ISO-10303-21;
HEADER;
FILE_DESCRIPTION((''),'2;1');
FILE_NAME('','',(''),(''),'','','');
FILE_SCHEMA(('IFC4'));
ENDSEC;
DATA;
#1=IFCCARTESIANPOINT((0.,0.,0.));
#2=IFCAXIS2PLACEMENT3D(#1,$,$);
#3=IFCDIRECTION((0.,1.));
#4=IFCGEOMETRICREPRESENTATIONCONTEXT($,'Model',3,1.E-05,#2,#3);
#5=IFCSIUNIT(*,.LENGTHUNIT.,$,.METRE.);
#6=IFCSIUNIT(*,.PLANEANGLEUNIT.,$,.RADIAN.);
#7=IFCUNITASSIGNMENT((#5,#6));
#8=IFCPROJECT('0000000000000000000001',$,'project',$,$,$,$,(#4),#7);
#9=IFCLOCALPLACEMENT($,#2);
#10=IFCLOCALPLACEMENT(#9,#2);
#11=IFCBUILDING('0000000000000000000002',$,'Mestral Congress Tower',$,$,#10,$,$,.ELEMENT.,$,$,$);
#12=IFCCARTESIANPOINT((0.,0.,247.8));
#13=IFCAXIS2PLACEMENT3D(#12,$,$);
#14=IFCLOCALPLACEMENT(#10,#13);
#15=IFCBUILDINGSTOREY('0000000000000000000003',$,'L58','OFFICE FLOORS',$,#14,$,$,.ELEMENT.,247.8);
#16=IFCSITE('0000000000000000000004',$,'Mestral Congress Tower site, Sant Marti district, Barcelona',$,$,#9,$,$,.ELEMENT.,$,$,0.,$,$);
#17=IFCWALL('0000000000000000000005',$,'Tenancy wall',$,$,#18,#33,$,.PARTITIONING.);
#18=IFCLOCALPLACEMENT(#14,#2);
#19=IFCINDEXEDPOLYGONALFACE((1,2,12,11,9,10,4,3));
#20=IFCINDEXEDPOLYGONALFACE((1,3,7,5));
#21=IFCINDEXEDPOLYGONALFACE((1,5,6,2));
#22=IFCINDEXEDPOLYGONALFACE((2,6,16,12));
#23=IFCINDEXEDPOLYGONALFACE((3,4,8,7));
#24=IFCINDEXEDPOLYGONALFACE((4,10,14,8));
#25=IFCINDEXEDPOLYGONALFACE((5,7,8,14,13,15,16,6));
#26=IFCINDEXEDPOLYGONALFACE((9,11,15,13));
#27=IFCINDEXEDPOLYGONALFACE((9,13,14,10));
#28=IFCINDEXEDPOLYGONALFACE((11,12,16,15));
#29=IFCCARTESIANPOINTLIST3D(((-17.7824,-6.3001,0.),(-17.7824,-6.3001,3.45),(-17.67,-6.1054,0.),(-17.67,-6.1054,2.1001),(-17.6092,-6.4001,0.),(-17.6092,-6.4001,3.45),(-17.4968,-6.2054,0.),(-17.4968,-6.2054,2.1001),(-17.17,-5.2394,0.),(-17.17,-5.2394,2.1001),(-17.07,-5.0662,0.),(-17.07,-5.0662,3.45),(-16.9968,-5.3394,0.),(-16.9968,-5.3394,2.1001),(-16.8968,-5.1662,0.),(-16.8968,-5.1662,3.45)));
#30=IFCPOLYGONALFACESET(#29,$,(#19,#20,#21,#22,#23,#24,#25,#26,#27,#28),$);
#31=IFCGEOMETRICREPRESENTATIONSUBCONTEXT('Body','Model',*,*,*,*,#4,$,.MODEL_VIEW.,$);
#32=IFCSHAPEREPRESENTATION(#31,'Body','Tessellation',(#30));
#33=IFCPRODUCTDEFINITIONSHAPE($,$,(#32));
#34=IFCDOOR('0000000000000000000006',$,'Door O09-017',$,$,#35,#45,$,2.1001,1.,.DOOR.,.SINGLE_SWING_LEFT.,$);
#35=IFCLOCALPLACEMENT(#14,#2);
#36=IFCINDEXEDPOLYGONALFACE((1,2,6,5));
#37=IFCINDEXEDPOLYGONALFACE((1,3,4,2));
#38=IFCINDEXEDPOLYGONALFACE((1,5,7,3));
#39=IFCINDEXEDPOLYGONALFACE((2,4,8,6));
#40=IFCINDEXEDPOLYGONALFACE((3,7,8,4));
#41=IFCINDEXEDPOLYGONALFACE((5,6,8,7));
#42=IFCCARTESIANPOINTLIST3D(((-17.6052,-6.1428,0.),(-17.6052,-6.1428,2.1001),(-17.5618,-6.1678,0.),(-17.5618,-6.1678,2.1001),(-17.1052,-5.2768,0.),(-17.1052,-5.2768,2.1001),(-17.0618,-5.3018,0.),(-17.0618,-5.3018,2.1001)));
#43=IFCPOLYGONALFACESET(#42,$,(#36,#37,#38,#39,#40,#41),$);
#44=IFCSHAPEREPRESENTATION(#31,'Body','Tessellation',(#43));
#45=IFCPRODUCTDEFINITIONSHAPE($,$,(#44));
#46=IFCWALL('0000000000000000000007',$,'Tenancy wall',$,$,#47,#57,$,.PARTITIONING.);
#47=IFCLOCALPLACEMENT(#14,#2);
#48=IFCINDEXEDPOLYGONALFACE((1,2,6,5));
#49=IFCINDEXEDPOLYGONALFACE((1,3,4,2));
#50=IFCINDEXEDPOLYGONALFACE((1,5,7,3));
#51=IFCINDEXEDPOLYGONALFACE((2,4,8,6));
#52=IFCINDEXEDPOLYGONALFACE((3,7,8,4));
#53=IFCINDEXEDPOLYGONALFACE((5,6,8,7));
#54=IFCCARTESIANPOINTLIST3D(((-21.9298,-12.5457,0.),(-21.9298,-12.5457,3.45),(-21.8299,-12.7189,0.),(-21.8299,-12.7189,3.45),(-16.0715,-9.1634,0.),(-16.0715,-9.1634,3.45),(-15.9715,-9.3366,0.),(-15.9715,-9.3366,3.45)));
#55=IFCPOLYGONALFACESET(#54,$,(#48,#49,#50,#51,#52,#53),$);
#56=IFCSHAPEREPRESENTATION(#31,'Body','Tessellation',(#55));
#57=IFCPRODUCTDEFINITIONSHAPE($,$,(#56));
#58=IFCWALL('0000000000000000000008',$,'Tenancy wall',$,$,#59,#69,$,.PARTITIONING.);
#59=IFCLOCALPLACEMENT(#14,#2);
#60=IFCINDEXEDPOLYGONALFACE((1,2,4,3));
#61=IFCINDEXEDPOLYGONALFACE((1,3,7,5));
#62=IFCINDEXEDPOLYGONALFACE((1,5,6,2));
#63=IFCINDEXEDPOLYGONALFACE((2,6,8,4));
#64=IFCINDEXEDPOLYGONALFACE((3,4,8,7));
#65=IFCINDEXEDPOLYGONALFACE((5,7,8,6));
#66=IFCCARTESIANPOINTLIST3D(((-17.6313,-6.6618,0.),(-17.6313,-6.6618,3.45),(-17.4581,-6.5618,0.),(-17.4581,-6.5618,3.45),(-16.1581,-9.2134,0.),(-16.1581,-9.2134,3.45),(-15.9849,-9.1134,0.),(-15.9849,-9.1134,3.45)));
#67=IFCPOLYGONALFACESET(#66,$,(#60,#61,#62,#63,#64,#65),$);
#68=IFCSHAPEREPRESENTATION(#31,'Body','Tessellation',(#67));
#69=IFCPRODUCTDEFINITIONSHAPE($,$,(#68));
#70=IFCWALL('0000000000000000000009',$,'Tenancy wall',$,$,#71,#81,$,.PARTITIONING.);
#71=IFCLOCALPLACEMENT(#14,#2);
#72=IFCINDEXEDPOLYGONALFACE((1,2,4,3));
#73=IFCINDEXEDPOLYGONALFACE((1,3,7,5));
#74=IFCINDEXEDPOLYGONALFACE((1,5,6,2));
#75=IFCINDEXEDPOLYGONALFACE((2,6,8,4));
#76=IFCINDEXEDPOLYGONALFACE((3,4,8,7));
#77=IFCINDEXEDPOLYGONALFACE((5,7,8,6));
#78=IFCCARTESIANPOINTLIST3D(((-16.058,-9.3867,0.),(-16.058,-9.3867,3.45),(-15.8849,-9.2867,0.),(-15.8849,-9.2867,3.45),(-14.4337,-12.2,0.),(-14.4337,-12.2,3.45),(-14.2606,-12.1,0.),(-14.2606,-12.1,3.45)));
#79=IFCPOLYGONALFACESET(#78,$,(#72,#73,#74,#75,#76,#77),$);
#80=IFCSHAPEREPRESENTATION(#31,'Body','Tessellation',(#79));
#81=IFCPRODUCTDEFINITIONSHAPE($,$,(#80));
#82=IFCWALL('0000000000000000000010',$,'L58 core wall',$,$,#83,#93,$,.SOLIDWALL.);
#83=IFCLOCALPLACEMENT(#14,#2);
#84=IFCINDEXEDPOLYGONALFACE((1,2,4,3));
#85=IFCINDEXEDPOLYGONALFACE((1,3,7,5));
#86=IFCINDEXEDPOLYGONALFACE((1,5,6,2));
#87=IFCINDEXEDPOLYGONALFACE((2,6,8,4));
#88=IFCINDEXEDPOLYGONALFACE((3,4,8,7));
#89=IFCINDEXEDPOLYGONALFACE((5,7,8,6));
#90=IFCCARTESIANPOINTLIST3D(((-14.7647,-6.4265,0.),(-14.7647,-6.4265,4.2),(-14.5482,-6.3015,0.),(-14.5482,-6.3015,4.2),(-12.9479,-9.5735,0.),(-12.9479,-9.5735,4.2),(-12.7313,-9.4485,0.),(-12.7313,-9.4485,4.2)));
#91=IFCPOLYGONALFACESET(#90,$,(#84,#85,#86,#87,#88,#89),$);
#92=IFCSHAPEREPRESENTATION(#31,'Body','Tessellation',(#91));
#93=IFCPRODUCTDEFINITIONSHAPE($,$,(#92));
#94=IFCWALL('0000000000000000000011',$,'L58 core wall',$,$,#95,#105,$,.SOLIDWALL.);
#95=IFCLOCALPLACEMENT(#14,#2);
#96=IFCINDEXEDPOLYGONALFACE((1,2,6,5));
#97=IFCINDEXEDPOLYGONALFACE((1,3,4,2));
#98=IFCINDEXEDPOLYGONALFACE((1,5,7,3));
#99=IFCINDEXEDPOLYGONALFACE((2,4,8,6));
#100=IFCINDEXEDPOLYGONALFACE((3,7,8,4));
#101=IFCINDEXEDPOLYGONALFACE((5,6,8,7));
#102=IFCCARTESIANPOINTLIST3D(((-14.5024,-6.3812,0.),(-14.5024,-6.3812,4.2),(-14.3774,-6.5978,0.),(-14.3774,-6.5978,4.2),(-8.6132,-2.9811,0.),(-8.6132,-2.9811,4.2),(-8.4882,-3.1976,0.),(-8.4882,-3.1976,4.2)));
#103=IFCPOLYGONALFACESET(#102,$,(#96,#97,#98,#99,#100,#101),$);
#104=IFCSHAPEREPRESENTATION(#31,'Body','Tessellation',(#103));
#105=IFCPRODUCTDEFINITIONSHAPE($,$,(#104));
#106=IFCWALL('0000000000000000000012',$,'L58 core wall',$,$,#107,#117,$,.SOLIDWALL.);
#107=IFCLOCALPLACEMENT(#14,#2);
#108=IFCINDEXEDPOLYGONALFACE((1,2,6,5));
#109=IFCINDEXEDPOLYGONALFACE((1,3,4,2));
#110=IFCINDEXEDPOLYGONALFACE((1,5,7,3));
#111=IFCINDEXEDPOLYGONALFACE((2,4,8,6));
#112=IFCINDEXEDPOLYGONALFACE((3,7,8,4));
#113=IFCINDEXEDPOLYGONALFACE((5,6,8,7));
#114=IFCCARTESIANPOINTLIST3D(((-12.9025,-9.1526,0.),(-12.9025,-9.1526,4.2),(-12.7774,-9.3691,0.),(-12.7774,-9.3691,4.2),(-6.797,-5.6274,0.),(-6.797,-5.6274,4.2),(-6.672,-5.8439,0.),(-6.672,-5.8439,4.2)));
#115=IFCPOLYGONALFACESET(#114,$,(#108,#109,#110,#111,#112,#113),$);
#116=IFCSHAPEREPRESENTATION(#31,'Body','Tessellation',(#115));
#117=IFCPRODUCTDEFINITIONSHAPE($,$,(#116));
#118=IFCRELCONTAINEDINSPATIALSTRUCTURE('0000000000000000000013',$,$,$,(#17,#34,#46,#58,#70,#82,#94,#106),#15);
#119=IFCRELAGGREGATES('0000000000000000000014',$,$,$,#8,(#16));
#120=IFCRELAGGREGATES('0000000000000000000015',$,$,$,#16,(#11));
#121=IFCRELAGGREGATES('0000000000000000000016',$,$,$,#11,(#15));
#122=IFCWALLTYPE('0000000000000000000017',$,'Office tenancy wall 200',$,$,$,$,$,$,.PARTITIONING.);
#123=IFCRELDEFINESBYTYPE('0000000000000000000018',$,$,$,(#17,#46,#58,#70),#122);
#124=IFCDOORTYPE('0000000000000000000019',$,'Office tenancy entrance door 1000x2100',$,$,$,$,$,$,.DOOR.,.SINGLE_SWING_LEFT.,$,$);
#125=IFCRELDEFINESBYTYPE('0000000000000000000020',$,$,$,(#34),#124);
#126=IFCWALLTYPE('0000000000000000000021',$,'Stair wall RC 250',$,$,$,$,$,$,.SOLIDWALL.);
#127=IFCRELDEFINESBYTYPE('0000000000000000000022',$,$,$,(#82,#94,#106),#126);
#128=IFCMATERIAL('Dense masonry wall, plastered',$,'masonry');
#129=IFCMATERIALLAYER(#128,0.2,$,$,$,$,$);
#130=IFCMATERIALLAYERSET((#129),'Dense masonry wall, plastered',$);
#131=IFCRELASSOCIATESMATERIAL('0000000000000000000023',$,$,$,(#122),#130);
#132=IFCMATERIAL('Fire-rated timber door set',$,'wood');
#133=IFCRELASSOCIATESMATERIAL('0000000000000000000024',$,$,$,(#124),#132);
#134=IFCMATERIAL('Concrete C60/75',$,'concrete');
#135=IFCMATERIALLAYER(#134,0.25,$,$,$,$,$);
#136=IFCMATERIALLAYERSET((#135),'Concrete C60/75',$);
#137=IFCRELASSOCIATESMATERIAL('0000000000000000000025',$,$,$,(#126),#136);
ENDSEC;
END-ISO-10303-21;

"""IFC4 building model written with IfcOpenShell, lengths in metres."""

from ifc_helpers import new_model, si_unit, direction, frame, frame_2d, origin, place, context, subcontext, project, spatial, rectangle, extrude, material, layer, layer_set, type_object, element, fill, save


model = new_model("IFC4")

# Units and contexts
model_context = context("Model", 3, precision=1e-05, world=origin(), true_north=direction((0.0, 1.0)))
body_context = subcontext(model_context, "Body", "Model", "MODEL_VIEW")
ifc_project = project(units=[si_unit("LENGTHUNIT", "METRE"), si_unit("PLANEANGLEUNIT", "RADIAN")], contexts=[model_context])

# Site, building, storey
site_placement = place(None, origin())
site = spatial("IfcSite", under=ifc_project, at=site_placement, Name="Mestral Congress Tower site, Sant Marti district, Barcelona", CompositionType="ELEMENT", RefElevation=0.0)
building_placement = place(site_placement, origin())
building = spatial("IfcBuilding", under=site, at=building_placement, Name="Mestral Congress Tower", CompositionType="ELEMENT")
storey_placement = place(building_placement, frame((0.0, 0.0, 247.8)))
storey = spatial("IfcBuildingStorey", under=building, at=storey_placement, Name="L58", Description="OFFICE FLOORS", CompositionType="ELEMENT", Elevation=247.8)

# Shared definitions
ifc_material_1 = material(Name="Concrete C60/75", Category="concrete")

# Shared definitions
ifc_material_2 = material(Name="Dense masonry wall, plastered", Category="masonry")
ifc_layer_1 = layer(ifc_material_2, 0.2)
ifc_layer_set_1 = layer_set([ifc_layer_1], Name="Dense masonry wall, plastered")
wall_type_1 = type_object("IfcWallType", Name="Office tenancy wall 200", PredefinedType="PARTITIONING", material=ifc_layer_set_1)

# Wall, opening, door
wall_1_placement = place(storey_placement, frame((-16.9834, -5.1162, 0.0), z_axis=(0.0, 0.0, 1.0), x_axis=(-0.500009, -0.86602, 0.0)))
wall_1 = element("IfcWall", 1, at=wall_1_placement, inside=storey, type_object=wall_type_1, Name="Tenancy wall", PredefinedType="PARTITIONING", context=body_context, shape_type="SweptSolid", body=[
    extrude(rectangle(XDim=1.4248, YDim=0.2, at=frame_2d((0.7124, 0.0))), origin(), (0.0, 0.0, 1.0), 3.45),
])
opening_1_placement = place(wall_1_placement, frame((0.2, 0.0, 0.0)))
opening_1 = element("IfcOpeningElement", 2, at=opening_1_placement, cuts=wall_1, PredefinedType="OPENING", context=body_context, shape_type="SweptSolid", body=[
    extrude(rectangle(XDim=1.0, YDim=2.1001, at=frame_2d((0.5, 1.05))), frame((0.0, 0.1099, 0.0), z_axis=(0.0, -1.0, 0.0), x_axis=(1.0, 0.0, 0.0)), (0.0, 0.0, 1.0), 0.22),
])
ifc_material_3 = material(Name="Fire-rated timber door set", Category="wood")
door_type_1 = type_object("IfcDoorType", Name="Office tenancy entrance door 1000x2100", OperationType="SINGLE_SWING_LEFT", PredefinedType="DOOR", material=ifc_material_3)
door_1_placement = place(opening_1_placement, origin())
door_1 = element("IfcDoor", 3, at=door_1_placement, inside=storey, type_object=door_type_1, Name="Door O09-017", OperationType="SINGLE_SWING_LEFT", OverallHeight=2.1001, OverallWidth=1.0, PredefinedType="DOOR", context=body_context, shape_type="SweptSolid", body=[
    extrude(rectangle(XDim=1.0, YDim=2.1001, at=frame_2d((0.5, 1.05))), frame((0.0, 0.0249, 0.0), z_axis=(0.0, -1.0, 0.0), x_axis=(1.0, 0.0, 0.0)), (0.0, 0.0, 1.0), 0.05),
])
fill(opening_1, door_1)

# Walls
wall_2_placement = place(storey_placement, frame((-16.0215, -9.25, 0.0), z_axis=(0.0, 0.0, 1.0), x_axis=(-0.866027, -0.499997, 0.0)))
element("IfcWall", 4, at=wall_2_placement, inside=storey, type_object=wall_type_1, Name="Tenancy wall", PredefinedType="PARTITIONING", context=body_context, shape_type="SweptSolid", body=[
    extrude(rectangle(XDim=6.7646, YDim=0.2, at=frame_2d((3.3823, 0.0))), origin(), (0.0, 0.0, 1.0), 3.45),
])
wall_3_placement = place(storey_placement, frame((-17.5447, -6.6118, 0.0), z_axis=(0.0, 0.0, 1.0), x_axis=(0.500007, -0.866021, 0.0)))
element("IfcWall", 5, at=wall_3_placement, inside=storey, type_object=wall_type_1, Name="Tenancy wall", PredefinedType="PARTITIONING", context=body_context, shape_type="SweptSolid", body=[
    extrude(rectangle(XDim=2.9463, YDim=0.2, at=frame_2d((1.4731, 0.0))), origin(), (0.0, 0.0, 1.0), 3.45),
])
wall_4_placement = place(storey_placement, frame((-15.9714, -9.3367, 0.0), z_axis=(0.0, 0.0, 1.0), x_axis=(0.500011, -0.866019, 0.0)))
element("IfcWall", 6, at=wall_4_placement, inside=storey, type_object=wall_type_1, Name="Tenancy wall", PredefinedType="PARTITIONING", context=body_context, shape_type="SweptSolid", body=[
    extrude(rectangle(XDim=3.2485, YDim=0.2, at=frame_2d((1.6243, 0.0))), origin(), (0.0, 0.0, 1.0), 3.45),
])
ifc_layer_2 = layer(ifc_material_1, 0.25)
ifc_layer_set_2 = layer_set([ifc_layer_2], Name="Concrete C60/75")
wall_type_2 = type_object("IfcWallType", Name="Stair wall RC 250", PredefinedType="SOLIDWALL", material=ifc_layer_set_2)
wall_5_placement = place(storey_placement, frame((-12.8396, -9.511, 0.0), z_axis=(0.0, 0.0, 1.0), x_axis=(-0.499998, 0.866027, 0.0)))
element("IfcWall", 7, at=wall_5_placement, inside=storey, type_object=wall_type_2, Name="L58 core wall", PredefinedType="SOLIDWALL", context=body_context, shape_type="SweptSolid", body=[
    extrude(rectangle(XDim=3.6338, YDim=0.25, at=frame_2d((1.8169, 0.0))), origin(), (0.0, 0.0, 1.0), 4.2),
])
wall_6_placement = place(storey_placement, frame((-14.4399, -6.4895, 0.0), z_axis=(0.0, 0.0, 1.0), x_axis=(0.866023, 0.500004, 0.0)))
element("IfcWall", 8, at=wall_6_placement, inside=storey, type_object=wall_type_2, Name="L58 core wall", PredefinedType="SOLIDWALL", context=body_context, shape_type="SweptSolid", body=[
    extrude(rectangle(XDim=6.8003, YDim=0.25, at=frame_2d((3.4001, 0.0))), origin(), (0.0, 0.0, 1.0), 4.2),
])
wall_7_placement = place(storey_placement, frame((-12.8398, -9.2607, 0.0), z_axis=(0.0, 0.0, 1.0), x_axis=(0.866016, 0.500016, 0.0)))
element("IfcWall", 9, at=wall_7_placement, inside=storey, type_object=wall_type_2, Name="L58 core wall", PredefinedType="SOLIDWALL", context=body_context, shape_type="SweptSolid", body=[
    extrude(rectangle(XDim=7.05, YDim=0.25, at=frame_2d((3.5249, 0.0))), origin(), (0.0, 0.0, 1.0), 4.2),
])

save(model, "model.ifc")
